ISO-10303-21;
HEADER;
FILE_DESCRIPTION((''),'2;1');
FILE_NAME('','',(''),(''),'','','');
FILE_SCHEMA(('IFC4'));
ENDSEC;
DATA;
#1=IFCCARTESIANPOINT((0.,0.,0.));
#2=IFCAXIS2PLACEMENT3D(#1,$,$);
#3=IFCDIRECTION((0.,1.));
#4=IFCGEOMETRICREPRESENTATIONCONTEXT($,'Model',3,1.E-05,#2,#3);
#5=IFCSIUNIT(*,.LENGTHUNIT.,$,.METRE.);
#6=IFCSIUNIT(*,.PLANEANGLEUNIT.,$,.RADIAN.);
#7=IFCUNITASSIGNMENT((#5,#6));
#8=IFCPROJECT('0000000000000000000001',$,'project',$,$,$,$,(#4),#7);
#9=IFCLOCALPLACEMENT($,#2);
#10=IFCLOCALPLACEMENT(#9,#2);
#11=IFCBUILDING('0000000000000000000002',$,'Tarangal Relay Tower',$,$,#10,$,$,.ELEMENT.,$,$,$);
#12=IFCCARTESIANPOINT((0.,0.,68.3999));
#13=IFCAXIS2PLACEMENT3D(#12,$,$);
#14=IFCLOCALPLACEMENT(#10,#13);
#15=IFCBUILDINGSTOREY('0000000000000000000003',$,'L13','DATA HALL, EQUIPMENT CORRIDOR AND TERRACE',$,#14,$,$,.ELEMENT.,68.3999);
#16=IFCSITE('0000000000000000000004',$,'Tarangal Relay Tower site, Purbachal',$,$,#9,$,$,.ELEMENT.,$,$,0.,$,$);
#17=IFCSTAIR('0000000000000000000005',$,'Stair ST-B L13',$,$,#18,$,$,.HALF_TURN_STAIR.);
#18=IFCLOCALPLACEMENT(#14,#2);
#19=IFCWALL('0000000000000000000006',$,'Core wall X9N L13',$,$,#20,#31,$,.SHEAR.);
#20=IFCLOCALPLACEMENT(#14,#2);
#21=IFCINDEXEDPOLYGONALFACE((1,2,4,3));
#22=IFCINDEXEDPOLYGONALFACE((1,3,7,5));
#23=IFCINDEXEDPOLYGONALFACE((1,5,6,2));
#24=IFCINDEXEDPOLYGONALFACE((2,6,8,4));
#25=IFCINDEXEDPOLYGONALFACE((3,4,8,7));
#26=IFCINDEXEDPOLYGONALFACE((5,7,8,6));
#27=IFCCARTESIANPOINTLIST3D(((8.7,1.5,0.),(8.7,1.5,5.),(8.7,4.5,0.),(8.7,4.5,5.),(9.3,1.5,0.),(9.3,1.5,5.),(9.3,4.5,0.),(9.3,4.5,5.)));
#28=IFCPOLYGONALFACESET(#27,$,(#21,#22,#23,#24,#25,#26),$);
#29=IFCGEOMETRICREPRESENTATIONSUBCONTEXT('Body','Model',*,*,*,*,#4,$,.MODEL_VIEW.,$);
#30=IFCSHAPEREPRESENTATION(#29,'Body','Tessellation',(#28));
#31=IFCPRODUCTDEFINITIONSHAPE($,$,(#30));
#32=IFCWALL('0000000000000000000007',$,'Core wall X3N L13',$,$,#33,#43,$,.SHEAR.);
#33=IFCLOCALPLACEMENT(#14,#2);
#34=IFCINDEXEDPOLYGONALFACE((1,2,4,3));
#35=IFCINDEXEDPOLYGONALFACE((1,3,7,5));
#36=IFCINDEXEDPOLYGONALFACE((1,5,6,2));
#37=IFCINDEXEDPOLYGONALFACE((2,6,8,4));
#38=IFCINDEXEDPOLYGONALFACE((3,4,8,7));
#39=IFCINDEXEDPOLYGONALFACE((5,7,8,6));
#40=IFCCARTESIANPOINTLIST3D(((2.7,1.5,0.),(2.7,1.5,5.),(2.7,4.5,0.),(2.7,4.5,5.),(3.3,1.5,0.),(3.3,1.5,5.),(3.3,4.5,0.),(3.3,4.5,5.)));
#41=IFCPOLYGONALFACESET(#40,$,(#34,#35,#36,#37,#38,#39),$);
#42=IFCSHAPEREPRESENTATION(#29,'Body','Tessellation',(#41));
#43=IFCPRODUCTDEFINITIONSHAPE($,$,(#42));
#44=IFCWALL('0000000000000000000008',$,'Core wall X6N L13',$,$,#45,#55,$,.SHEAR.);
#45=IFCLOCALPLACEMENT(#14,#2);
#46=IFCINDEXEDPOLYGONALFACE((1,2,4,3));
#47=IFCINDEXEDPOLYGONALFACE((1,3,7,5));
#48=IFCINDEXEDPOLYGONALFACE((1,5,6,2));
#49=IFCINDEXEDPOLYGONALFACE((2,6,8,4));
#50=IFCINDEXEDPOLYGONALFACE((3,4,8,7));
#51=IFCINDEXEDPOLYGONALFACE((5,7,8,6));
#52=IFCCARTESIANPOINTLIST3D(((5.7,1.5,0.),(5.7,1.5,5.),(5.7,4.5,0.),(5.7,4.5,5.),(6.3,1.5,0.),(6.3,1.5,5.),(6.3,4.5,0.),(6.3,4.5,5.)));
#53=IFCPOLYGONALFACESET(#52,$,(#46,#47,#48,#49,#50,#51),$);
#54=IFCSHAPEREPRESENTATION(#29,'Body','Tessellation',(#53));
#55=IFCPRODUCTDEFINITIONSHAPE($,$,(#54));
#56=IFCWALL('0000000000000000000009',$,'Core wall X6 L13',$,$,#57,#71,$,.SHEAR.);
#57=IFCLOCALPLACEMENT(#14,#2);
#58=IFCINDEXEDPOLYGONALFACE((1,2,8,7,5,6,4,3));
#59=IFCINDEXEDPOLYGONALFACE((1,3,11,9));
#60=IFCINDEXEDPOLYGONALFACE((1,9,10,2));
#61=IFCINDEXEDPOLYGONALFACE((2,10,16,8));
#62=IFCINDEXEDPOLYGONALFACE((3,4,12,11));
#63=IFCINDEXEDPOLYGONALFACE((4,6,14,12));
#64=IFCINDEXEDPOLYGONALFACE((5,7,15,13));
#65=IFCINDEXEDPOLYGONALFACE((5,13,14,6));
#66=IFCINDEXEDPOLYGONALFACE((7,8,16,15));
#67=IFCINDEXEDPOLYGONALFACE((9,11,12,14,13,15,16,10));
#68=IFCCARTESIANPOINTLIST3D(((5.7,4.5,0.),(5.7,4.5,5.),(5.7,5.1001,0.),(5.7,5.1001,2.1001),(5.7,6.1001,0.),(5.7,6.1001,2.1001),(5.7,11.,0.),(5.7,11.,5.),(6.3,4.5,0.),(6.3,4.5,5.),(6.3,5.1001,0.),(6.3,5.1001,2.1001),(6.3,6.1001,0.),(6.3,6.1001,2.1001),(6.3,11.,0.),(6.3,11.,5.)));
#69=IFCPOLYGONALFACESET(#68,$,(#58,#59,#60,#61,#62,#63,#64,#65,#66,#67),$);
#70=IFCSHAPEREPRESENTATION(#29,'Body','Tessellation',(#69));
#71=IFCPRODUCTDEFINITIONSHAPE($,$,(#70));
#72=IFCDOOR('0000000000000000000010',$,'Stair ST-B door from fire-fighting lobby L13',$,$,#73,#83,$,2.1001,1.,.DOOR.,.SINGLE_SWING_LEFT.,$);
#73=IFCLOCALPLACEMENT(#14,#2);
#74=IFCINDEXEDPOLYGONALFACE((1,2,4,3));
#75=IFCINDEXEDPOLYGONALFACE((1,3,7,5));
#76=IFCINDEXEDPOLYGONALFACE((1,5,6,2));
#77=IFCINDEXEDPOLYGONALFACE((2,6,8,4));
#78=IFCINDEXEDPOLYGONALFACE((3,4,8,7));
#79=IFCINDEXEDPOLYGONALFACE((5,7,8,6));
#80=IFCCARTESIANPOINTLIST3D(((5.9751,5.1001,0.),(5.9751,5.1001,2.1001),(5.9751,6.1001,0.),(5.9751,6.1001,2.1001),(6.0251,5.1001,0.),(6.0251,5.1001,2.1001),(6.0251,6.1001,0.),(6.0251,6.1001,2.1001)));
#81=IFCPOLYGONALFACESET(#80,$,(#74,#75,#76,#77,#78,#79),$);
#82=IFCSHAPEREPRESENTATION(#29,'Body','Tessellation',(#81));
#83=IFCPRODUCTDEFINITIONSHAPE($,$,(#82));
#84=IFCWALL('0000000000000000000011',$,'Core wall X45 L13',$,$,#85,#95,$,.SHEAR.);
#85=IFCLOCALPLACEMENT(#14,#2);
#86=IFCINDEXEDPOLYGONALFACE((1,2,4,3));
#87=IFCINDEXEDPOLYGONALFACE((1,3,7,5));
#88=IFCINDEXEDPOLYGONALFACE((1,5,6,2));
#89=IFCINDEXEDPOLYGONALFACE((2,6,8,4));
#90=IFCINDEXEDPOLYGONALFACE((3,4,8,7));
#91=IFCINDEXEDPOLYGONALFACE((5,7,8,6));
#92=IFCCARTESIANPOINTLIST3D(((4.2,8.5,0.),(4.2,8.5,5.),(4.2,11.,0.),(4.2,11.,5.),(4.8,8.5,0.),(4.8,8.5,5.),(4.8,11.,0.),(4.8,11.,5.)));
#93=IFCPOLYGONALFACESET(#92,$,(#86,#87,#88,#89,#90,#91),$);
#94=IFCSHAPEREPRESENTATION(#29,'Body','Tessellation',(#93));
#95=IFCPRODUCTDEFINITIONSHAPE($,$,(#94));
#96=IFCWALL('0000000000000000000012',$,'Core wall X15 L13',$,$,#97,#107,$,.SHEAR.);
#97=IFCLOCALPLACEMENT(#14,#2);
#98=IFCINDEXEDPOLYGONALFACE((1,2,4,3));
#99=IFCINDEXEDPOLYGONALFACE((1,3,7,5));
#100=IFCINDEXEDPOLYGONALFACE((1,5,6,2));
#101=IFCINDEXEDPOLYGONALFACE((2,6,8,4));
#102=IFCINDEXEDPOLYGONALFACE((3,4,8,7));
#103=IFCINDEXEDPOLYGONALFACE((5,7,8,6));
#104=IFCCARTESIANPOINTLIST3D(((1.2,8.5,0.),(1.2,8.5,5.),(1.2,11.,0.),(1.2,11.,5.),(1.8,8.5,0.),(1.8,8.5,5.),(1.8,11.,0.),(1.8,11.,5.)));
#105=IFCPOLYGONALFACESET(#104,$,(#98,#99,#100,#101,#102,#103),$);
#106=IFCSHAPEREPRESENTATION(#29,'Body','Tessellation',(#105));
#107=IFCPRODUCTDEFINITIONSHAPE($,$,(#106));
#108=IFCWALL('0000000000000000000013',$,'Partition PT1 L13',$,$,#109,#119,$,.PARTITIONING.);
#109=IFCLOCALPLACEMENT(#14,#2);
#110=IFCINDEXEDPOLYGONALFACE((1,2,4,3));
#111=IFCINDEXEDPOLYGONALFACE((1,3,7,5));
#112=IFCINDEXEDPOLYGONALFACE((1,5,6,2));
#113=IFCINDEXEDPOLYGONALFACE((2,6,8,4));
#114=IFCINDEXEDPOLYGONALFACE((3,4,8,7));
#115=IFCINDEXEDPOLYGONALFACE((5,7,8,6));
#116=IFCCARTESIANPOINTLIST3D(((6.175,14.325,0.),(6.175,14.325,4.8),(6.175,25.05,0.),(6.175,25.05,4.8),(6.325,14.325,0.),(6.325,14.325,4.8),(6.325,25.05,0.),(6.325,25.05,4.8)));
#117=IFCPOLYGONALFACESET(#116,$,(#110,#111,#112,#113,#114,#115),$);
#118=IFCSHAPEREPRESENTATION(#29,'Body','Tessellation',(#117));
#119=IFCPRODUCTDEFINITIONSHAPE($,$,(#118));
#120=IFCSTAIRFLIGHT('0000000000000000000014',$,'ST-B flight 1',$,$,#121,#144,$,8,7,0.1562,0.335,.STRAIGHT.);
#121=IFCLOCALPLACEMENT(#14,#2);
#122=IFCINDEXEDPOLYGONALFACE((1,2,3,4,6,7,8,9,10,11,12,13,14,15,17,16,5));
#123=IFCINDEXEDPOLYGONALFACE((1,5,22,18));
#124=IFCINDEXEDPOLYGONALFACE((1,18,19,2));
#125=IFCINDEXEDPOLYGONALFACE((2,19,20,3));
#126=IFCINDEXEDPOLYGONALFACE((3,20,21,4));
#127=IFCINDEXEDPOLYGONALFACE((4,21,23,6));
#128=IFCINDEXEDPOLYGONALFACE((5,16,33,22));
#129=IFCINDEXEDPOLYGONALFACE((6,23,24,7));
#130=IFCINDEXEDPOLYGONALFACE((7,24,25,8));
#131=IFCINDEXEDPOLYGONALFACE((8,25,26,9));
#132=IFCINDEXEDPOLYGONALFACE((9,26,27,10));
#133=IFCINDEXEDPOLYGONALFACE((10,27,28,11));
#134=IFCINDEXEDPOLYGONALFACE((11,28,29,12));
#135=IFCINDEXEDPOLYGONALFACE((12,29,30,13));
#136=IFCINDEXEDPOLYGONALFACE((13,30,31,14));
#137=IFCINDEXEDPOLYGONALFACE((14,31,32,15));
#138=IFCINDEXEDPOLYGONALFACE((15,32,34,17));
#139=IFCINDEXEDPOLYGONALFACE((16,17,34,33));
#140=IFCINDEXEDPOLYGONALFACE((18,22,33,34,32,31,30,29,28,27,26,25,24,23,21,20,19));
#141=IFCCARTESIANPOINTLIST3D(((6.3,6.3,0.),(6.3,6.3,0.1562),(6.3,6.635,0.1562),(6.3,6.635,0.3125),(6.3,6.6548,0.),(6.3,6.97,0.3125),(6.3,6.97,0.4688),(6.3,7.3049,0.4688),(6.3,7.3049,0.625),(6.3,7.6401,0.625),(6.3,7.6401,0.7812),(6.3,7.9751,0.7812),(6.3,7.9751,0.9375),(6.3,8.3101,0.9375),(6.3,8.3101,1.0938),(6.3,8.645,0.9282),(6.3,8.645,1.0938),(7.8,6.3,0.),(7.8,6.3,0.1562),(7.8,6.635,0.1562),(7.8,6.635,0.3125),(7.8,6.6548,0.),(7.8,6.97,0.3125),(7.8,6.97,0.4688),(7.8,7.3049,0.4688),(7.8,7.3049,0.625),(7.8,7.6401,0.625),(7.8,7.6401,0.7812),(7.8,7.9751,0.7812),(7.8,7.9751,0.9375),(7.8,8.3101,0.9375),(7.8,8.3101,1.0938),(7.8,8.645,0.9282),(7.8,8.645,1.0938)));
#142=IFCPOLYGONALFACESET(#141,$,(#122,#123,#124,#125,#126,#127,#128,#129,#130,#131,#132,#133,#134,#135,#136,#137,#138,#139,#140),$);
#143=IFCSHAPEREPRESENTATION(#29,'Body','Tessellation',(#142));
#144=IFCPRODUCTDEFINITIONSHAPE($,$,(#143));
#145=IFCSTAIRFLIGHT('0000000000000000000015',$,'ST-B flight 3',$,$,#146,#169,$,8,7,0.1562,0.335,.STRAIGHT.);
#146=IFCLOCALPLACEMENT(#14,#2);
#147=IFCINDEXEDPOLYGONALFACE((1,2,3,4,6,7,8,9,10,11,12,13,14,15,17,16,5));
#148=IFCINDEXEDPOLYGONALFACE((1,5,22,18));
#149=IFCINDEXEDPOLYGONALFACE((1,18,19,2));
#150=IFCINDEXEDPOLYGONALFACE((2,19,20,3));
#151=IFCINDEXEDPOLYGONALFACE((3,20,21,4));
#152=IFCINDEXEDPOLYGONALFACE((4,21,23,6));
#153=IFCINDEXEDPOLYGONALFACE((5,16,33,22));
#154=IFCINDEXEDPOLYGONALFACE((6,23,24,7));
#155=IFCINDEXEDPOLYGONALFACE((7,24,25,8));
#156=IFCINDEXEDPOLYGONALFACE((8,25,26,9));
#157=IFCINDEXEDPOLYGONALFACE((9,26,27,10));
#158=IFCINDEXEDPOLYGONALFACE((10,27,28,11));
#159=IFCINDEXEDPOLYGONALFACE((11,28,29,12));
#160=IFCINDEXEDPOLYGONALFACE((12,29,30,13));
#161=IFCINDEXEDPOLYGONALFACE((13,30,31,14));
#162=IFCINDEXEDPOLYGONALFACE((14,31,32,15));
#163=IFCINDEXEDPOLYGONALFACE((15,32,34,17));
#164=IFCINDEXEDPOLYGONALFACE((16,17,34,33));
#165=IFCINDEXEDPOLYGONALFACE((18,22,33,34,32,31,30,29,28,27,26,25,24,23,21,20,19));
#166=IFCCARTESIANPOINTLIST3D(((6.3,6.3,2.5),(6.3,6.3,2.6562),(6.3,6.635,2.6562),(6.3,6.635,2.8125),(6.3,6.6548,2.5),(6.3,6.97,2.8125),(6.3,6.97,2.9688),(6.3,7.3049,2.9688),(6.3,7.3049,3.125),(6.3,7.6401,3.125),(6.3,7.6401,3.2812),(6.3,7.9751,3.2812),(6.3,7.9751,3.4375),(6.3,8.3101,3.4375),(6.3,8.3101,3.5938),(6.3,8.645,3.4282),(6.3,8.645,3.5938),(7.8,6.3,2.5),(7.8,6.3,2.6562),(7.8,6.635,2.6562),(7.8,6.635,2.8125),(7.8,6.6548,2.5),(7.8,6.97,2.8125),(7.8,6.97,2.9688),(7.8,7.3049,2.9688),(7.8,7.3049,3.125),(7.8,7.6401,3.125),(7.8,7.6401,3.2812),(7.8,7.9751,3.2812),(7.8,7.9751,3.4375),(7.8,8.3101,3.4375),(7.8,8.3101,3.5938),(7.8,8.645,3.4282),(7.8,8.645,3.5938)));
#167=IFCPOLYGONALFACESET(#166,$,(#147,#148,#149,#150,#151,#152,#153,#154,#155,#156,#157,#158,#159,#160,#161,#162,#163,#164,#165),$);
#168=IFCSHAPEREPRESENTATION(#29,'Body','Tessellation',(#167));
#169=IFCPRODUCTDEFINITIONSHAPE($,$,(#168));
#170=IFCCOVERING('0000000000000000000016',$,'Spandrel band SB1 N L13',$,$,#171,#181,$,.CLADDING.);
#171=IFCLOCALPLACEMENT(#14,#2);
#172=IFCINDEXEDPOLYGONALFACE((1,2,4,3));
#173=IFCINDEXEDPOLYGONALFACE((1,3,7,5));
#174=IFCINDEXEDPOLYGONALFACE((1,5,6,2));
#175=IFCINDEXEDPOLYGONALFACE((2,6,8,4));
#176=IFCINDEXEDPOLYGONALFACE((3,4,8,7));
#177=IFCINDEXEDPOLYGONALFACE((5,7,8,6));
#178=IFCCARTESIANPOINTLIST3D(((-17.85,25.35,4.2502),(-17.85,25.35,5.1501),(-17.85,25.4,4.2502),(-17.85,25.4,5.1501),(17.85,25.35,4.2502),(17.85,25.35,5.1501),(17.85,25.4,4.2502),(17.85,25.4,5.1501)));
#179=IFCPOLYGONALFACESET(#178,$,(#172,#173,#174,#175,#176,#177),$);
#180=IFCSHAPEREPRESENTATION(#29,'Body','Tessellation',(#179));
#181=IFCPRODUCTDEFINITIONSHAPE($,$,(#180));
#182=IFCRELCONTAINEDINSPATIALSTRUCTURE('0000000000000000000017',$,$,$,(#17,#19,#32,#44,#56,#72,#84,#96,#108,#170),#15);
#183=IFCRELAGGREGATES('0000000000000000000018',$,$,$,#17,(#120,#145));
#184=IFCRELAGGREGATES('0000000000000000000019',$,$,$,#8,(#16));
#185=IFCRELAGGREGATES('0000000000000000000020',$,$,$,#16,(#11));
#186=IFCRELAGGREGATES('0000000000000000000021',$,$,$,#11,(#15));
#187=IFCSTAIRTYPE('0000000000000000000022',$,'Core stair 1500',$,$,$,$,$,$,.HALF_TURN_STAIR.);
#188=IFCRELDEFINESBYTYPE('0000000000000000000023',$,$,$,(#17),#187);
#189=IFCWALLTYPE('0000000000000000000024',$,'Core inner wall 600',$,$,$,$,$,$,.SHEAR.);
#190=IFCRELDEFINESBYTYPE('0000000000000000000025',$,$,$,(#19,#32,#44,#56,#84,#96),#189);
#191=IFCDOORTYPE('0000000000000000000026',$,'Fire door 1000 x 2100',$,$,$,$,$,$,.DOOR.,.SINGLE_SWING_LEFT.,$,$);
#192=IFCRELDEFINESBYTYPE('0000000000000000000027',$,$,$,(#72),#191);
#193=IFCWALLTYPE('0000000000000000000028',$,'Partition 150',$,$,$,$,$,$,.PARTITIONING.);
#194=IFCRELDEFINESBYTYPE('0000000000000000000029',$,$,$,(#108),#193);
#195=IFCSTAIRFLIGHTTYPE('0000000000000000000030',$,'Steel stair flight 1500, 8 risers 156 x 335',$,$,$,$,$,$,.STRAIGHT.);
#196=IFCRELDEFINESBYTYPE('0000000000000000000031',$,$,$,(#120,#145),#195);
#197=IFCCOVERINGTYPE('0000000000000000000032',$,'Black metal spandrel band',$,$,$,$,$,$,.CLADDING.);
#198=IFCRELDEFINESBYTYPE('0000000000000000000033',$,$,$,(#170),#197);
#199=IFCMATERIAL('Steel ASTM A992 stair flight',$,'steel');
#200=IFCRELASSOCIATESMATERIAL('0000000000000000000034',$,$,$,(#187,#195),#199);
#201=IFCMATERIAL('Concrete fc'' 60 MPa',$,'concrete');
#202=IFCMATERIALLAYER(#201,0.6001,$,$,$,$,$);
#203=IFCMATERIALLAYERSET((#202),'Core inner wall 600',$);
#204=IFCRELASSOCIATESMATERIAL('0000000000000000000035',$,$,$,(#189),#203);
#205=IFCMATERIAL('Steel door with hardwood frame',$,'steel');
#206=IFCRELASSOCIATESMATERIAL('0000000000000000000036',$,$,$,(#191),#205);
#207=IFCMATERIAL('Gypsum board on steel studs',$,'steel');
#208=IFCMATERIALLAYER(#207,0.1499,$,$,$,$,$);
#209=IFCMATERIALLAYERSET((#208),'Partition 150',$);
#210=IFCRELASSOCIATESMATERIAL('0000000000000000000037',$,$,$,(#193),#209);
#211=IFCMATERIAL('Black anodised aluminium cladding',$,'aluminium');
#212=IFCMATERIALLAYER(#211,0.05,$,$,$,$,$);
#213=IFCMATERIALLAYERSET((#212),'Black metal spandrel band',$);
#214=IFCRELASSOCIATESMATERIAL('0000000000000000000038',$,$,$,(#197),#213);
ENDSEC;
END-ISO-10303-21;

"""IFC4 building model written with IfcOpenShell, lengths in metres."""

from ifc_helpers import new_model, si_unit, direction, frame, frame_2d, origin, origin_2d, place, context, subcontext, project, spatial, polyline, rectangle, outline, extrude, material, layer, layer_set, type_object, element, fill, aggregate, save


model = new_model("IFC4")

# Units and contexts
model_context = context("Model", 3, precision=1e-05, world=origin(), true_north=direction((0.0, 1.0)))
body_context = subcontext(model_context, "Body", "Model", "MODEL_VIEW")
ifc_project = project(units=[si_unit("LENGTHUNIT", "METRE"), si_unit("PLANEANGLEUNIT", "RADIAN")], contexts=[model_context])

# Site, building, storey
site_placement = place(None, origin())
site = spatial("IfcSite", under=ifc_project, at=site_placement, Name="Tarangal Relay Tower site, Purbachal", CompositionType="ELEMENT", RefElevation=0.0)
building_placement = place(site_placement, origin())
building = spatial("IfcBuilding", under=site, at=building_placement, Name="Tarangal Relay Tower", CompositionType="ELEMENT")
storey_placement = place(building_placement, frame((0.0, 0.0, 68.3999)))
storey = spatial("IfcBuildingStorey", under=building, at=storey_placement, Name="L13", Description="DATA HALL, EQUIPMENT CORRIDOR AND TERRACE", CompositionType="ELEMENT", Elevation=68.3999)

# Stair
ifc_material_1 = material(Name="Steel ASTM A992 stair flight", Category="steel")
stair_type = type_object("IfcStairType", Name="Core stair 1500", PredefinedType="HALF_TURN_STAIR", material=ifc_material_1)
stair_1_placement = place(storey_placement, origin())
stair_1 = element("IfcStair", 1, at=stair_1_placement, inside=storey, type_object=stair_type, Name="Stair ST-B L13", PredefinedType="HALF_TURN_STAIR")

# Walls
ifc_material_2 = material(Name="Concrete fc' 60 MPa", Category="concrete")
ifc_layer_1 = layer(ifc_material_2, 0.6001)
ifc_layer_set_1 = layer_set([ifc_layer_1], Name="Core inner wall 600")
wall_type_1 = type_object("IfcWallType", Name="Core inner wall 600", PredefinedType="SHEAR", material=ifc_layer_set_1)
for number, where, z_axis, x_axis, name in (
    (2, (9.0, 1.5, 0.0), (0.0, 0.0, 1.0), (0.0, 1.0, 0.0), "Core wall X9N L13"),
    (3, (3.0, 1.5, 0.0), (0.0, 0.0, 1.0), (0.0, 1.0, 0.0), "Core wall X3N L13"),
    (4, (6.0, 1.5, 0.0), (0.0, 0.0, 1.0), (0.0, 1.0, 0.0), "Core wall X6N L13"),
):
    element("IfcWall", number, at=place(storey_placement, frame(where, z_axis=z_axis, x_axis=x_axis)), inside=storey, type_object=wall_type_1, Name=name, PredefinedType="SHEAR", context=body_context, shape_type="SweptSolid", body=[
        extrude(rectangle(XDim=3.0, YDim=0.6001, at=frame_2d((1.5, 0.0))), origin(), (0.0, 0.0, 1.0), 5.0),
    ])

# Wall, opening, door
wall_1_placement = place(storey_placement, frame((6.0, 4.5, 0.0), z_axis=(0.0, 0.0, 1.0), x_axis=(0.0, 1.0, 0.0)))
wall_1 = element("IfcWall", 5, at=wall_1_placement, inside=storey, type_object=wall_type_1, Name="Core wall X6 L13", PredefinedType="SHEAR", context=body_context, shape_type="SweptSolid", body=[
    extrude(rectangle(XDim=6.5, YDim=0.6001, at=frame_2d((3.25, 0.0))), origin(), (0.0, 0.0, 1.0), 5.0),
])
opening_placement = place(wall_1_placement, frame((0.6001, 0.0, 0.0)))
opening = element("IfcOpeningElement", 6, at=opening_placement, cuts=wall_1, PredefinedType="OPENING", context=body_context, shape_type="SweptSolid", body=[
    extrude(rectangle(XDim=1.0, YDim=2.1001, at=frame_2d((0.5, 1.05))), frame((0.0, 0.3101, 0.0), z_axis=(0.0, -1.0, 0.0), x_axis=(1.0, 0.0, 0.0)), (0.0, 0.0, 1.0), 0.6201),
])
ifc_material_3 = material(Name="Steel door with hardwood frame", Category="steel")
door_type = type_object("IfcDoorType", Name="Fire door 1000 x 2100", OperationType="SINGLE_SWING_LEFT", PredefinedType="DOOR", material=ifc_material_3)
door_placement = place(opening_placement, origin())
door = element("IfcDoor", 7, at=door_placement, inside=storey, type_object=door_type, Name="Stair ST-B door from fire-fighting lobby L13", OperationType="SINGLE_SWING_LEFT", OverallHeight=2.1001, OverallWidth=1.0, PredefinedType="DOOR", context=body_context, shape_type="SweptSolid", body=[
    extrude(rectangle(XDim=1.0, YDim=2.1001, at=frame_2d((0.5, 1.05))), frame((0.0, 0.0249, 0.0), z_axis=(0.0, -1.0, 0.0), x_axis=(1.0, 0.0, 0.0)), (0.0, 0.0, 1.0), 0.05),
])
fill(opening, door)

# Walls
for number, where, z_axis, x_axis, name in (
    (8, (4.5, 8.5, 0.0), (0.0, 0.0, 1.0), (0.0, 1.0, 0.0), "Core wall X45 L13"),
    (9, (1.5, 8.5, 0.0), (0.0, 0.0, 1.0), (0.0, 1.0, 0.0), "Core wall X15 L13"),
):
    element("IfcWall", number, at=place(storey_placement, frame(where, z_axis=z_axis, x_axis=x_axis)), inside=storey, type_object=wall_type_1, Name=name, PredefinedType="SHEAR", context=body_context, shape_type="SweptSolid", body=[
        extrude(rectangle(XDim=2.5, YDim=0.6001, at=frame_2d((1.25, 0.0))), origin(), (0.0, 0.0, 1.0), 5.0),
    ])
ifc_material_4 = material(Name="Gypsum board on steel studs", Category="steel")
ifc_layer_2 = layer(ifc_material_4, 0.1499)
ifc_layer_set_2 = layer_set([ifc_layer_2], Name="Partition 150")
wall_type_2 = type_object("IfcWallType", Name="Partition 150", PredefinedType="PARTITIONING", material=ifc_layer_set_2)
wall_2_placement = place(storey_placement, frame((6.25, 14.325, 0.0), z_axis=(0.0, 0.0, 1.0), x_axis=(0.0, 1.0, 0.0)))
element("IfcWall", 10, at=wall_2_placement, inside=storey, type_object=wall_type_2, Name="Partition PT1 L13", PredefinedType="PARTITIONING", context=body_context, shape_type="SweptSolid", body=[
    extrude(rectangle(XDim=10.7251, YDim=0.1499, at=frame_2d((5.3625, 0.0))), origin(), (0.0, 0.0, 1.0), 4.8),
])

# Stair flights
stair_flight_type = type_object("IfcStairFlightType", Name="Steel stair flight 1500, 8 risers 156 x 335", PredefinedType="STRAIGHT", material=ifc_material_1)
stair_flight_1_placement = place(storey_placement, frame((7.05, 6.3, 0.0), z_axis=(0.0, 0.0, 1.0), x_axis=(0.0, 1.0, 0.0)))
stair_flight_1 = element("IfcStairFlight", 11, at=stair_flight_1_placement, type_object=stair_flight_type, Name="ST-B flight 1", NumberOfRisers=8, NumberOfTreads=7, PredefinedType="STRAIGHT", RiserHeight=0.1562, TreadLength=0.335, context=body_context, shape_type="SweptSolid", body=[
    extrude(outline(polyline([(0.0, 0.0), (0.0, 0.1562), (0.335, 0.1562), (0.335, 0.3125), (0.6699, 0.3125), (0.6699, 0.4688), (1.0049, 0.4688), (1.0049, 0.625), (1.3401, 0.625), (1.3401, 0.7812), (1.675, 0.7812), (1.675, 0.9375), (2.01, 0.9375), (2.01, 1.0938), (2.345, 1.0938), (2.345, 1.25), (2.345, 0.9282), (0.3547, 0.0), (0.0, 0.0)])), frame((0.0, 0.75, 0.0), z_axis=(0.0, -1.0, 0.0), x_axis=(1.0, 0.0, 0.0)), (0.0, 0.0, 1.0), 1.5),
])
stair_flight_2_placement = place(storey_placement, frame((7.05, 6.3, 2.5), z_axis=(0.0, 0.0, 1.0), x_axis=(0.0, 1.0, 0.0)))
stair_flight_2 = element("IfcStairFlight", 12, at=stair_flight_2_placement, type_object=stair_flight_type, Name="ST-B flight 3", NumberOfRisers=8, NumberOfTreads=7, PredefinedType="STRAIGHT", RiserHeight=0.1562, TreadLength=0.335, context=body_context, shape_type="SweptSolid", body=[
    extrude(outline(polyline([(0.0, 0.0), (0.0, 0.1562), (0.335, 0.1562), (0.335, 0.3125), (0.6699, 0.3125), (0.6699, 0.4688), (1.0049, 0.4688), (1.0049, 0.625), (1.3401, 0.625), (1.3401, 0.7812), (1.675, 0.7812), (1.675, 0.9375), (2.01, 0.9375), (2.01, 1.0938), (2.345, 1.0938), (2.345, 1.25), (2.345, 0.9282), (0.3547, 0.0), (0.0, 0.0)])), frame((0.0, 0.75, 0.0), z_axis=(0.0, -1.0, 0.0), x_axis=(1.0, 0.0, 0.0)), (0.0, 0.0, 1.0), 1.5),
])
aggregate(stair_1, [stair_flight_1, stair_flight_2])

# Covering
ifc_material_5 = material(Name="Black anodised aluminium cladding", Category="aluminium")
ifc_layer_3 = layer(ifc_material_5, 0.05)
ifc_layer_set_3 = layer_set([ifc_layer_3], Name="Black metal spandrel band")
covering_type = type_object("IfcCoveringType", Name="Black metal spandrel band", PredefinedType="CLADDING", material=ifc_layer_set_3)
covering_placement = place(storey_placement, frame((0.0, 25.375, 4.2502), z_axis=(0.0, 0.0, 1.0), x_axis=(1.0, 0.0, 0.0)))
element("IfcCovering", 13, at=covering_placement, inside=storey, type_object=covering_type, Name="Spandrel band SB1 N L13", PredefinedType="CLADDING", context=body_context, shape_type="SweptSolid", body=[
    extrude(rectangle(XDim=35.7, YDim=0.05, at=origin_2d()), origin(), (0.0, 0.0, 1.0), 0.8999),
])

save(model, "model.ifc")
